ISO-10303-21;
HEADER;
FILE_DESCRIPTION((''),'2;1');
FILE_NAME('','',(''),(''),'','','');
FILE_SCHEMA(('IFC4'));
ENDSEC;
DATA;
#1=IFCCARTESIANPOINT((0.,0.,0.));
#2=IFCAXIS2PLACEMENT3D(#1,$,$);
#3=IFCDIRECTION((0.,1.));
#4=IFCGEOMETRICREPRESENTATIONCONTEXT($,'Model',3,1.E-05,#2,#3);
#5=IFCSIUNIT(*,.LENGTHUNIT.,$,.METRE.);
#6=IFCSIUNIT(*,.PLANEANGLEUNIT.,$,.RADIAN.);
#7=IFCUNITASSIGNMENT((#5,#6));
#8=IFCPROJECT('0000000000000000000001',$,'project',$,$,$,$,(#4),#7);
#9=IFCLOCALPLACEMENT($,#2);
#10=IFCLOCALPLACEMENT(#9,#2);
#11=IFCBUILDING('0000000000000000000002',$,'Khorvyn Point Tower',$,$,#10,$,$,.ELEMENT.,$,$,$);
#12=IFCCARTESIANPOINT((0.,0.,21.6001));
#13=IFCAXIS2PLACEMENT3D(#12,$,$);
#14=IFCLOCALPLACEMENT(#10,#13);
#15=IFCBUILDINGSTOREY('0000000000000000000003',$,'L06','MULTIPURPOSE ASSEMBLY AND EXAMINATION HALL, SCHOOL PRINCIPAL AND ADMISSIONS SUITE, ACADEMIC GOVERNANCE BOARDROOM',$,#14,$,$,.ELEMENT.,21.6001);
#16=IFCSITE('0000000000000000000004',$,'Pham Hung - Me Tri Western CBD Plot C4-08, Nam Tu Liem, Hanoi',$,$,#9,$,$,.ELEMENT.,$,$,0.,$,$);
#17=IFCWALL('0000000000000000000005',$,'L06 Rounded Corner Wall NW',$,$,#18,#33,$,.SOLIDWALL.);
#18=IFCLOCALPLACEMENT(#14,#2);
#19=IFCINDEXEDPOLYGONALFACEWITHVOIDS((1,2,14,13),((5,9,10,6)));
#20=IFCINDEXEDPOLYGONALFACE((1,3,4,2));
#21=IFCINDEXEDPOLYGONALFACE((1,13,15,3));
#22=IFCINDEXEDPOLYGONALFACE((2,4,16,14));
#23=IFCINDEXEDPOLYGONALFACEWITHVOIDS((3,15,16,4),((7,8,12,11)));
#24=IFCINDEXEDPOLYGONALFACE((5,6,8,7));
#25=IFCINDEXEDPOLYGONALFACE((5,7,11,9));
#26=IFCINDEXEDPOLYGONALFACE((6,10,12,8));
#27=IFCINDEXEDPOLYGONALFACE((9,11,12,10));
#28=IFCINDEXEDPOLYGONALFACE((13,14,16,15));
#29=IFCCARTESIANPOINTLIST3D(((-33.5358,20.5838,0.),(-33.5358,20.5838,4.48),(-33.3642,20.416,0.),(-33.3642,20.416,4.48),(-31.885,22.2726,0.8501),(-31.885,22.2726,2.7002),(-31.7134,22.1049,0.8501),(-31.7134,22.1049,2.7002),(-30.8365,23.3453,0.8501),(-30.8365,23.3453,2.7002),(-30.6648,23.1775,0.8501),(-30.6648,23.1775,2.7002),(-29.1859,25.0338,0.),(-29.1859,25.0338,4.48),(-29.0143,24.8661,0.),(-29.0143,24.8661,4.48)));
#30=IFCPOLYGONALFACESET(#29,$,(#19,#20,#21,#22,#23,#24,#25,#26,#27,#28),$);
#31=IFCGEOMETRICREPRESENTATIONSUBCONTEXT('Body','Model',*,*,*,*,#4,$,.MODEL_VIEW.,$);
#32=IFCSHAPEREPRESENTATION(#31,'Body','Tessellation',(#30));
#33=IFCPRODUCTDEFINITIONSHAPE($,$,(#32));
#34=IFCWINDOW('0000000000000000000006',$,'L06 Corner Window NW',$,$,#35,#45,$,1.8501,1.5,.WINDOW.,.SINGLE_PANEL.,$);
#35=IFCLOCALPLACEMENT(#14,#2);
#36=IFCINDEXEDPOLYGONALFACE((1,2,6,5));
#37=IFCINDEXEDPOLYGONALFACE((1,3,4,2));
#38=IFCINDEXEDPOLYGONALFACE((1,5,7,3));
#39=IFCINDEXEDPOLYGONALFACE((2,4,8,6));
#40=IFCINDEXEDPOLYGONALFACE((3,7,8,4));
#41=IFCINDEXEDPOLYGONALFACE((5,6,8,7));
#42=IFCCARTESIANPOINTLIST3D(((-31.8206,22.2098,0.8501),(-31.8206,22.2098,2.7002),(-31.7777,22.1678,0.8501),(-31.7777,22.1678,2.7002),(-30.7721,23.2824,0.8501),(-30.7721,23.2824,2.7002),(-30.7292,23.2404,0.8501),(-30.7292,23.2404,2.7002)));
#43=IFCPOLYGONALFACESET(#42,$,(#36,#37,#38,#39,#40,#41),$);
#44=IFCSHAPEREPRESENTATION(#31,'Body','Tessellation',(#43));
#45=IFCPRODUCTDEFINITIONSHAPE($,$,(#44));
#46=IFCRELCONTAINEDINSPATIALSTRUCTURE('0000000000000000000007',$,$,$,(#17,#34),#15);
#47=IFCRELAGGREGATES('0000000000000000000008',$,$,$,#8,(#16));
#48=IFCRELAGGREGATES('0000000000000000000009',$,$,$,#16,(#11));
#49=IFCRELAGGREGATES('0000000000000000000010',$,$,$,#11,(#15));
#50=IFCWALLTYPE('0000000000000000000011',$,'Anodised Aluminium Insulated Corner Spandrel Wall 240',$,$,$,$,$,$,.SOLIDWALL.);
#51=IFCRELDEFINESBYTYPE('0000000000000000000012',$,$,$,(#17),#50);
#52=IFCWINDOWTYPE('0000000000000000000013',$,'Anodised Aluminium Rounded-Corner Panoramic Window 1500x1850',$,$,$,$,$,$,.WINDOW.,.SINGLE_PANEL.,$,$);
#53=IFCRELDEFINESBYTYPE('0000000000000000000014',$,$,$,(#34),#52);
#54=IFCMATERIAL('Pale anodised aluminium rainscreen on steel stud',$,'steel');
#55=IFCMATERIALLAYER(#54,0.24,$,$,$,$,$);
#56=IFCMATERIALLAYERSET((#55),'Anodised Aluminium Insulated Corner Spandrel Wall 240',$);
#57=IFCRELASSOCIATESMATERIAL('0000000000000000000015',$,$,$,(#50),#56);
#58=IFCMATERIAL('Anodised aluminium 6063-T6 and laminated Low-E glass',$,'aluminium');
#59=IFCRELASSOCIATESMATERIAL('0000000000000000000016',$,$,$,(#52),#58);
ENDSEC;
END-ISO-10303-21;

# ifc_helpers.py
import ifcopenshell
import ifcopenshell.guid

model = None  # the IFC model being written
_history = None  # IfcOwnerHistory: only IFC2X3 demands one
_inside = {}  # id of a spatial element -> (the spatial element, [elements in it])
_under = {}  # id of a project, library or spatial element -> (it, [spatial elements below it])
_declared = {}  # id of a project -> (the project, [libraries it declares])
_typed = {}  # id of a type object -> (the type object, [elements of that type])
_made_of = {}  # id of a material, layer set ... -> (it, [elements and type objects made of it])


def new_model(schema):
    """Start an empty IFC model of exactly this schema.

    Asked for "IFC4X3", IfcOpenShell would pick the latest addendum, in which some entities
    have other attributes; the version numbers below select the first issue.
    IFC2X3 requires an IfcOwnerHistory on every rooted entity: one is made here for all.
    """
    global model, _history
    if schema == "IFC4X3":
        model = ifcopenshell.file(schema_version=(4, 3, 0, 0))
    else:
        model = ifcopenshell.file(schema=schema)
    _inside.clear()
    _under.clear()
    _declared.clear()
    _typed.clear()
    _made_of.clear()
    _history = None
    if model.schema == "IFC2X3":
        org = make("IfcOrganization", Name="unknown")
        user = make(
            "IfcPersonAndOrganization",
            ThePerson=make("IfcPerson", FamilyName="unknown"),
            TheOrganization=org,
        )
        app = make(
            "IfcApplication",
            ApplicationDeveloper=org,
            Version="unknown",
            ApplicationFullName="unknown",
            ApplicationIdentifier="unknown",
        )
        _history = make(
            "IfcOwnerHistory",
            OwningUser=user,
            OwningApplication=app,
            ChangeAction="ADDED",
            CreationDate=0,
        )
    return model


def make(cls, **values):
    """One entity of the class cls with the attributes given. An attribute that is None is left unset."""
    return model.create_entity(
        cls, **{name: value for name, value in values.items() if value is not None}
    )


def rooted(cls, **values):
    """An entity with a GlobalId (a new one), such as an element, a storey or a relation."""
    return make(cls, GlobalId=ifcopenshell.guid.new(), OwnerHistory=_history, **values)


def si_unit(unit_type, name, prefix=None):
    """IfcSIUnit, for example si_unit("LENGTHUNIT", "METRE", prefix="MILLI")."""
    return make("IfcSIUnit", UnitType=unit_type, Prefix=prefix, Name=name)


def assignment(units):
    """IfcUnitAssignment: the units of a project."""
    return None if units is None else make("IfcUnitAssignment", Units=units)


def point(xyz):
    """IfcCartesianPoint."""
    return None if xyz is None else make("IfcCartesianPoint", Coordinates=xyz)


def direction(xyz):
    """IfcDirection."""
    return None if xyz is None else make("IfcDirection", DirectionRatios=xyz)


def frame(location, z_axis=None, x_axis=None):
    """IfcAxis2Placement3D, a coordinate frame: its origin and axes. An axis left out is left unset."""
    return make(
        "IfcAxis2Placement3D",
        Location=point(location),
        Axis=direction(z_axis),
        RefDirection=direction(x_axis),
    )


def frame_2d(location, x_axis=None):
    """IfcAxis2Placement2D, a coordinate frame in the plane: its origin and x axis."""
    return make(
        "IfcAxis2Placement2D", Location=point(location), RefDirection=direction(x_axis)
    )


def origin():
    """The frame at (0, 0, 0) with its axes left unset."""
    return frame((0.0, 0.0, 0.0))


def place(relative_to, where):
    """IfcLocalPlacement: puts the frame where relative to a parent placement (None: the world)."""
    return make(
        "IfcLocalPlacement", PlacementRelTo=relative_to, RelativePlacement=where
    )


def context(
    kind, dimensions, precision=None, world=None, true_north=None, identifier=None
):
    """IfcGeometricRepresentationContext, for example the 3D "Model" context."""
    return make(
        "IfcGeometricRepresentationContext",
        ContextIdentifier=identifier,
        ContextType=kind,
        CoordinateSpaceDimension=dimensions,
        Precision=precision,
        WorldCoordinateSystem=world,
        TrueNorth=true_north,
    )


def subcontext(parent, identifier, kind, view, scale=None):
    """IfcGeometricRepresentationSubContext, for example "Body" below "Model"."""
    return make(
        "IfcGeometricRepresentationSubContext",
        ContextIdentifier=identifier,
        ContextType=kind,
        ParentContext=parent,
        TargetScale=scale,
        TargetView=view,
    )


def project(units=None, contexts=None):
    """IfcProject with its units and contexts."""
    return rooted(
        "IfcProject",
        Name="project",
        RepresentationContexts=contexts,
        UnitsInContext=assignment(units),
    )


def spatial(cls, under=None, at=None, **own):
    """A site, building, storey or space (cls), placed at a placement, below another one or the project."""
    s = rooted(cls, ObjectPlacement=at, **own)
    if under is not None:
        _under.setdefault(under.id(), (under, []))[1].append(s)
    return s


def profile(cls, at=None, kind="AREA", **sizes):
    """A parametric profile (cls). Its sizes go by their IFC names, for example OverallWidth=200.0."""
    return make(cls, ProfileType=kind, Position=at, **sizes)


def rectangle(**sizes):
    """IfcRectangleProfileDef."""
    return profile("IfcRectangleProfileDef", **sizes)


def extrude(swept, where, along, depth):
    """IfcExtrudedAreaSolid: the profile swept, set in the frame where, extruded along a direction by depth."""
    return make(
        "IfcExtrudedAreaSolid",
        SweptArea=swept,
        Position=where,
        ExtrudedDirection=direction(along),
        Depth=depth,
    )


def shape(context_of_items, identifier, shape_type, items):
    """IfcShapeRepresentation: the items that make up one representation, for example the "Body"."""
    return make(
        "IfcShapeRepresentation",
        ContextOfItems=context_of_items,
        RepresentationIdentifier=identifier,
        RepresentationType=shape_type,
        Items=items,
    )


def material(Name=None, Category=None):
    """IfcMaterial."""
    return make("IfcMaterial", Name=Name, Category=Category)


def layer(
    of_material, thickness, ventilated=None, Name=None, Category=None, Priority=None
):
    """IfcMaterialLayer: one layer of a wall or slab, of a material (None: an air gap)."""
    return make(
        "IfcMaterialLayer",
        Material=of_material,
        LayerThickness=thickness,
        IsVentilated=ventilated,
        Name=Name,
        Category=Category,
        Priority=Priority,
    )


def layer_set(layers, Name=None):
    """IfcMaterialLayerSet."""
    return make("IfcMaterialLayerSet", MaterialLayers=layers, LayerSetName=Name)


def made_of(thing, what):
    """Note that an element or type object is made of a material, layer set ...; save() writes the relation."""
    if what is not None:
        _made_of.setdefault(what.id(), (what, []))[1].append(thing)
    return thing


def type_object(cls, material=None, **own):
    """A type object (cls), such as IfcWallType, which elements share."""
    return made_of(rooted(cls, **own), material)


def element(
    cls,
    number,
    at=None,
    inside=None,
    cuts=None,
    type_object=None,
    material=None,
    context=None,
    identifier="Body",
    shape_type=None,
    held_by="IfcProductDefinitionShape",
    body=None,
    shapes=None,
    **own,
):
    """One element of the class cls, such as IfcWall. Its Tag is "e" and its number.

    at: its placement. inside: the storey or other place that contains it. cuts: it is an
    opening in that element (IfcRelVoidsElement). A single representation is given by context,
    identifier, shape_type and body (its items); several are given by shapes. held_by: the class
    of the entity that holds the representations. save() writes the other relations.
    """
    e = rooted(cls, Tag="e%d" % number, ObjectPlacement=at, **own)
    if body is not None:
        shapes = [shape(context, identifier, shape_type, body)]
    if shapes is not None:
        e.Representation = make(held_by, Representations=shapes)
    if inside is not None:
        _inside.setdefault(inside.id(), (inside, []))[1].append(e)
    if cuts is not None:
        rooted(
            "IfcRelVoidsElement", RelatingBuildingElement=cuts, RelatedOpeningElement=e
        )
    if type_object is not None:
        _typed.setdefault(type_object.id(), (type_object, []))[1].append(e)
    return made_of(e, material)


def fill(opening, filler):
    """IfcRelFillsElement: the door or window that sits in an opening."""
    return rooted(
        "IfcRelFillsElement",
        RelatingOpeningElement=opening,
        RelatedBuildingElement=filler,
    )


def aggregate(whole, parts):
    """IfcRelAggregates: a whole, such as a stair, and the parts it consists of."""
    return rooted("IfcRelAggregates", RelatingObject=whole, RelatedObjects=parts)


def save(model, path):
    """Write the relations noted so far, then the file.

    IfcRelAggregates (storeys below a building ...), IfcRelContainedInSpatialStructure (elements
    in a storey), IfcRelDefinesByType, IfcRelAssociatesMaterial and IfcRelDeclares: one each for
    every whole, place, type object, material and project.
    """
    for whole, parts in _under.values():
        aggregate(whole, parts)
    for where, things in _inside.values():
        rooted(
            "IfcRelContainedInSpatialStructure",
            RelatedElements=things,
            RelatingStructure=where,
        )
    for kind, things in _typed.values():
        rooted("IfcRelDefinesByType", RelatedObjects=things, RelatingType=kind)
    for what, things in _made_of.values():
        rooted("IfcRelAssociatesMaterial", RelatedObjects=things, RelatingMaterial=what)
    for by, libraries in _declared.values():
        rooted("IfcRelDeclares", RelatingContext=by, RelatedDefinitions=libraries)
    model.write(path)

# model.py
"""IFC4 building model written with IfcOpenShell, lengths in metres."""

from ifc_helpers import new_model, si_unit, direction, frame, frame_2d, origin, place, context, subcontext, project, spatial, rectangle, extrude, material, layer, layer_set, type_object, element, fill, save


model = new_model("IFC4")

# Units and contexts
model_context = context("Model", 3, precision=1e-05, world=origin(), true_north=direction((0.0, 1.0)))
body_context = subcontext(model_context, "Body", "Model", "MODEL_VIEW")
ifc_project = project(units=[si_unit("LENGTHUNIT", "METRE"), si_unit("PLANEANGLEUNIT", "RADIAN")], contexts=[model_context])

# Site, building, storey
site_placement = place(None, origin())
site = spatial("IfcSite", under=ifc_project, at=site_placement, Name="Pham Hung - Me Tri Western CBD Plot C4-08, Nam Tu Liem, Hanoi", CompositionType="ELEMENT", RefElevation=0.0)
building_placement = place(site_placement, origin())
building = spatial("IfcBuilding", under=site, at=building_placement, Name="Khorvyn Point Tower", CompositionType="ELEMENT")
storey_placement = place(building_placement, frame((0.0, 0.0, 21.6001)))
storey = spatial("IfcBuildingStorey", under=building, at=storey_placement, Name="L06", Description="MULTIPURPOSE ASSEMBLY AND EXAMINATION HALL, SCHOOL PRINCIPAL AND ADMISSIONS SUITE, ACADEMIC GOVERNANCE BOARDROOM", CompositionType="ELEMENT", Elevation=21.6001)

# Wall, opening, window
ifc_material_1 = material(Name="Pale anodised aluminium rainscreen on steel stud", Category="steel")
ifc_layer_1 = layer(ifc_material_1, 0.24)
ifc_layer_set_1 = layer_set([ifc_layer_1], Name="Anodised Aluminium Insulated Corner Spandrel Wall 240")
wall_type_1 = type_object("IfcWallType", Name="Anodised Aluminium Insulated Corner Spandrel Wall 240", PredefinedType="SOLIDWALL", material=ifc_layer_set_1)
wall_1_placement = place(storey_placement, frame((-33.45, 20.5, 0.0), z_axis=(0.0, 0.0, 1.0), x_axis=(0.699018, 0.715104, 0.0)))
wall_1 = element("IfcWall", 1, at=wall_1_placement, inside=storey, type_object=wall_type_1, Name="L06 Rounded Corner Wall NW", PredefinedType="SOLIDWALL", context=body_context, shape_type="SweptSolid", body=[
    extrude(rectangle(XDim=6.2229, YDim=0.24, at=frame_2d((3.1113, 0.0))), origin(), (0.0, 0.0, 1.0), 4.48),
])
opening_1_placement = place(wall_1_placement, frame((2.3616, 0.0, 0.8501)))
opening_1 = element("IfcOpeningElement", 2, at=opening_1_placement, cuts=wall_1, PredefinedType="OPENING", context=body_context, shape_type="SweptSolid", body=[
    extrude(rectangle(XDim=1.5, YDim=1.8501, at=frame_2d((0.75, 0.925))), frame((0.0, 0.1299, 0.0), z_axis=(0.0, -1.0, 0.0), x_axis=(1.0, 0.0, 0.0)), (0.0, 0.0, 1.0), 0.26),
])
ifc_material_2 = material(Name="Anodised aluminium 6063-T6 and laminated Low-E glass", Category="aluminium")
window_type_1 = type_object("IfcWindowType", Name="Anodised Aluminium Rounded-Corner Panoramic Window 1500x1850", PartitioningType="SINGLE_PANEL", PredefinedType="WINDOW", material=ifc_material_2)
window_1_placement = place(opening_1_placement, origin())
window_1 = element("IfcWindow", 3, at=window_1_placement, inside=storey, type_object=window_type_1, Name="L06 Corner Window NW", OverallHeight=1.8501, OverallWidth=1.5, PartitioningType="SINGLE_PANEL", PredefinedType="WINDOW", context=body_context, shape_type="SweptSolid", body=[
    extrude(rectangle(XDim=1.5, YDim=1.8501, at=frame_2d((0.75, 0.925))), frame((0.0, 0.03, 0.0), z_axis=(0.0, -1.0, 0.0), x_axis=(1.0, 0.0, 0.0)), (0.0, 0.0, 1.0), 0.0601),
])
fill(opening_1, window_1)

save(model, "model.ifc")
